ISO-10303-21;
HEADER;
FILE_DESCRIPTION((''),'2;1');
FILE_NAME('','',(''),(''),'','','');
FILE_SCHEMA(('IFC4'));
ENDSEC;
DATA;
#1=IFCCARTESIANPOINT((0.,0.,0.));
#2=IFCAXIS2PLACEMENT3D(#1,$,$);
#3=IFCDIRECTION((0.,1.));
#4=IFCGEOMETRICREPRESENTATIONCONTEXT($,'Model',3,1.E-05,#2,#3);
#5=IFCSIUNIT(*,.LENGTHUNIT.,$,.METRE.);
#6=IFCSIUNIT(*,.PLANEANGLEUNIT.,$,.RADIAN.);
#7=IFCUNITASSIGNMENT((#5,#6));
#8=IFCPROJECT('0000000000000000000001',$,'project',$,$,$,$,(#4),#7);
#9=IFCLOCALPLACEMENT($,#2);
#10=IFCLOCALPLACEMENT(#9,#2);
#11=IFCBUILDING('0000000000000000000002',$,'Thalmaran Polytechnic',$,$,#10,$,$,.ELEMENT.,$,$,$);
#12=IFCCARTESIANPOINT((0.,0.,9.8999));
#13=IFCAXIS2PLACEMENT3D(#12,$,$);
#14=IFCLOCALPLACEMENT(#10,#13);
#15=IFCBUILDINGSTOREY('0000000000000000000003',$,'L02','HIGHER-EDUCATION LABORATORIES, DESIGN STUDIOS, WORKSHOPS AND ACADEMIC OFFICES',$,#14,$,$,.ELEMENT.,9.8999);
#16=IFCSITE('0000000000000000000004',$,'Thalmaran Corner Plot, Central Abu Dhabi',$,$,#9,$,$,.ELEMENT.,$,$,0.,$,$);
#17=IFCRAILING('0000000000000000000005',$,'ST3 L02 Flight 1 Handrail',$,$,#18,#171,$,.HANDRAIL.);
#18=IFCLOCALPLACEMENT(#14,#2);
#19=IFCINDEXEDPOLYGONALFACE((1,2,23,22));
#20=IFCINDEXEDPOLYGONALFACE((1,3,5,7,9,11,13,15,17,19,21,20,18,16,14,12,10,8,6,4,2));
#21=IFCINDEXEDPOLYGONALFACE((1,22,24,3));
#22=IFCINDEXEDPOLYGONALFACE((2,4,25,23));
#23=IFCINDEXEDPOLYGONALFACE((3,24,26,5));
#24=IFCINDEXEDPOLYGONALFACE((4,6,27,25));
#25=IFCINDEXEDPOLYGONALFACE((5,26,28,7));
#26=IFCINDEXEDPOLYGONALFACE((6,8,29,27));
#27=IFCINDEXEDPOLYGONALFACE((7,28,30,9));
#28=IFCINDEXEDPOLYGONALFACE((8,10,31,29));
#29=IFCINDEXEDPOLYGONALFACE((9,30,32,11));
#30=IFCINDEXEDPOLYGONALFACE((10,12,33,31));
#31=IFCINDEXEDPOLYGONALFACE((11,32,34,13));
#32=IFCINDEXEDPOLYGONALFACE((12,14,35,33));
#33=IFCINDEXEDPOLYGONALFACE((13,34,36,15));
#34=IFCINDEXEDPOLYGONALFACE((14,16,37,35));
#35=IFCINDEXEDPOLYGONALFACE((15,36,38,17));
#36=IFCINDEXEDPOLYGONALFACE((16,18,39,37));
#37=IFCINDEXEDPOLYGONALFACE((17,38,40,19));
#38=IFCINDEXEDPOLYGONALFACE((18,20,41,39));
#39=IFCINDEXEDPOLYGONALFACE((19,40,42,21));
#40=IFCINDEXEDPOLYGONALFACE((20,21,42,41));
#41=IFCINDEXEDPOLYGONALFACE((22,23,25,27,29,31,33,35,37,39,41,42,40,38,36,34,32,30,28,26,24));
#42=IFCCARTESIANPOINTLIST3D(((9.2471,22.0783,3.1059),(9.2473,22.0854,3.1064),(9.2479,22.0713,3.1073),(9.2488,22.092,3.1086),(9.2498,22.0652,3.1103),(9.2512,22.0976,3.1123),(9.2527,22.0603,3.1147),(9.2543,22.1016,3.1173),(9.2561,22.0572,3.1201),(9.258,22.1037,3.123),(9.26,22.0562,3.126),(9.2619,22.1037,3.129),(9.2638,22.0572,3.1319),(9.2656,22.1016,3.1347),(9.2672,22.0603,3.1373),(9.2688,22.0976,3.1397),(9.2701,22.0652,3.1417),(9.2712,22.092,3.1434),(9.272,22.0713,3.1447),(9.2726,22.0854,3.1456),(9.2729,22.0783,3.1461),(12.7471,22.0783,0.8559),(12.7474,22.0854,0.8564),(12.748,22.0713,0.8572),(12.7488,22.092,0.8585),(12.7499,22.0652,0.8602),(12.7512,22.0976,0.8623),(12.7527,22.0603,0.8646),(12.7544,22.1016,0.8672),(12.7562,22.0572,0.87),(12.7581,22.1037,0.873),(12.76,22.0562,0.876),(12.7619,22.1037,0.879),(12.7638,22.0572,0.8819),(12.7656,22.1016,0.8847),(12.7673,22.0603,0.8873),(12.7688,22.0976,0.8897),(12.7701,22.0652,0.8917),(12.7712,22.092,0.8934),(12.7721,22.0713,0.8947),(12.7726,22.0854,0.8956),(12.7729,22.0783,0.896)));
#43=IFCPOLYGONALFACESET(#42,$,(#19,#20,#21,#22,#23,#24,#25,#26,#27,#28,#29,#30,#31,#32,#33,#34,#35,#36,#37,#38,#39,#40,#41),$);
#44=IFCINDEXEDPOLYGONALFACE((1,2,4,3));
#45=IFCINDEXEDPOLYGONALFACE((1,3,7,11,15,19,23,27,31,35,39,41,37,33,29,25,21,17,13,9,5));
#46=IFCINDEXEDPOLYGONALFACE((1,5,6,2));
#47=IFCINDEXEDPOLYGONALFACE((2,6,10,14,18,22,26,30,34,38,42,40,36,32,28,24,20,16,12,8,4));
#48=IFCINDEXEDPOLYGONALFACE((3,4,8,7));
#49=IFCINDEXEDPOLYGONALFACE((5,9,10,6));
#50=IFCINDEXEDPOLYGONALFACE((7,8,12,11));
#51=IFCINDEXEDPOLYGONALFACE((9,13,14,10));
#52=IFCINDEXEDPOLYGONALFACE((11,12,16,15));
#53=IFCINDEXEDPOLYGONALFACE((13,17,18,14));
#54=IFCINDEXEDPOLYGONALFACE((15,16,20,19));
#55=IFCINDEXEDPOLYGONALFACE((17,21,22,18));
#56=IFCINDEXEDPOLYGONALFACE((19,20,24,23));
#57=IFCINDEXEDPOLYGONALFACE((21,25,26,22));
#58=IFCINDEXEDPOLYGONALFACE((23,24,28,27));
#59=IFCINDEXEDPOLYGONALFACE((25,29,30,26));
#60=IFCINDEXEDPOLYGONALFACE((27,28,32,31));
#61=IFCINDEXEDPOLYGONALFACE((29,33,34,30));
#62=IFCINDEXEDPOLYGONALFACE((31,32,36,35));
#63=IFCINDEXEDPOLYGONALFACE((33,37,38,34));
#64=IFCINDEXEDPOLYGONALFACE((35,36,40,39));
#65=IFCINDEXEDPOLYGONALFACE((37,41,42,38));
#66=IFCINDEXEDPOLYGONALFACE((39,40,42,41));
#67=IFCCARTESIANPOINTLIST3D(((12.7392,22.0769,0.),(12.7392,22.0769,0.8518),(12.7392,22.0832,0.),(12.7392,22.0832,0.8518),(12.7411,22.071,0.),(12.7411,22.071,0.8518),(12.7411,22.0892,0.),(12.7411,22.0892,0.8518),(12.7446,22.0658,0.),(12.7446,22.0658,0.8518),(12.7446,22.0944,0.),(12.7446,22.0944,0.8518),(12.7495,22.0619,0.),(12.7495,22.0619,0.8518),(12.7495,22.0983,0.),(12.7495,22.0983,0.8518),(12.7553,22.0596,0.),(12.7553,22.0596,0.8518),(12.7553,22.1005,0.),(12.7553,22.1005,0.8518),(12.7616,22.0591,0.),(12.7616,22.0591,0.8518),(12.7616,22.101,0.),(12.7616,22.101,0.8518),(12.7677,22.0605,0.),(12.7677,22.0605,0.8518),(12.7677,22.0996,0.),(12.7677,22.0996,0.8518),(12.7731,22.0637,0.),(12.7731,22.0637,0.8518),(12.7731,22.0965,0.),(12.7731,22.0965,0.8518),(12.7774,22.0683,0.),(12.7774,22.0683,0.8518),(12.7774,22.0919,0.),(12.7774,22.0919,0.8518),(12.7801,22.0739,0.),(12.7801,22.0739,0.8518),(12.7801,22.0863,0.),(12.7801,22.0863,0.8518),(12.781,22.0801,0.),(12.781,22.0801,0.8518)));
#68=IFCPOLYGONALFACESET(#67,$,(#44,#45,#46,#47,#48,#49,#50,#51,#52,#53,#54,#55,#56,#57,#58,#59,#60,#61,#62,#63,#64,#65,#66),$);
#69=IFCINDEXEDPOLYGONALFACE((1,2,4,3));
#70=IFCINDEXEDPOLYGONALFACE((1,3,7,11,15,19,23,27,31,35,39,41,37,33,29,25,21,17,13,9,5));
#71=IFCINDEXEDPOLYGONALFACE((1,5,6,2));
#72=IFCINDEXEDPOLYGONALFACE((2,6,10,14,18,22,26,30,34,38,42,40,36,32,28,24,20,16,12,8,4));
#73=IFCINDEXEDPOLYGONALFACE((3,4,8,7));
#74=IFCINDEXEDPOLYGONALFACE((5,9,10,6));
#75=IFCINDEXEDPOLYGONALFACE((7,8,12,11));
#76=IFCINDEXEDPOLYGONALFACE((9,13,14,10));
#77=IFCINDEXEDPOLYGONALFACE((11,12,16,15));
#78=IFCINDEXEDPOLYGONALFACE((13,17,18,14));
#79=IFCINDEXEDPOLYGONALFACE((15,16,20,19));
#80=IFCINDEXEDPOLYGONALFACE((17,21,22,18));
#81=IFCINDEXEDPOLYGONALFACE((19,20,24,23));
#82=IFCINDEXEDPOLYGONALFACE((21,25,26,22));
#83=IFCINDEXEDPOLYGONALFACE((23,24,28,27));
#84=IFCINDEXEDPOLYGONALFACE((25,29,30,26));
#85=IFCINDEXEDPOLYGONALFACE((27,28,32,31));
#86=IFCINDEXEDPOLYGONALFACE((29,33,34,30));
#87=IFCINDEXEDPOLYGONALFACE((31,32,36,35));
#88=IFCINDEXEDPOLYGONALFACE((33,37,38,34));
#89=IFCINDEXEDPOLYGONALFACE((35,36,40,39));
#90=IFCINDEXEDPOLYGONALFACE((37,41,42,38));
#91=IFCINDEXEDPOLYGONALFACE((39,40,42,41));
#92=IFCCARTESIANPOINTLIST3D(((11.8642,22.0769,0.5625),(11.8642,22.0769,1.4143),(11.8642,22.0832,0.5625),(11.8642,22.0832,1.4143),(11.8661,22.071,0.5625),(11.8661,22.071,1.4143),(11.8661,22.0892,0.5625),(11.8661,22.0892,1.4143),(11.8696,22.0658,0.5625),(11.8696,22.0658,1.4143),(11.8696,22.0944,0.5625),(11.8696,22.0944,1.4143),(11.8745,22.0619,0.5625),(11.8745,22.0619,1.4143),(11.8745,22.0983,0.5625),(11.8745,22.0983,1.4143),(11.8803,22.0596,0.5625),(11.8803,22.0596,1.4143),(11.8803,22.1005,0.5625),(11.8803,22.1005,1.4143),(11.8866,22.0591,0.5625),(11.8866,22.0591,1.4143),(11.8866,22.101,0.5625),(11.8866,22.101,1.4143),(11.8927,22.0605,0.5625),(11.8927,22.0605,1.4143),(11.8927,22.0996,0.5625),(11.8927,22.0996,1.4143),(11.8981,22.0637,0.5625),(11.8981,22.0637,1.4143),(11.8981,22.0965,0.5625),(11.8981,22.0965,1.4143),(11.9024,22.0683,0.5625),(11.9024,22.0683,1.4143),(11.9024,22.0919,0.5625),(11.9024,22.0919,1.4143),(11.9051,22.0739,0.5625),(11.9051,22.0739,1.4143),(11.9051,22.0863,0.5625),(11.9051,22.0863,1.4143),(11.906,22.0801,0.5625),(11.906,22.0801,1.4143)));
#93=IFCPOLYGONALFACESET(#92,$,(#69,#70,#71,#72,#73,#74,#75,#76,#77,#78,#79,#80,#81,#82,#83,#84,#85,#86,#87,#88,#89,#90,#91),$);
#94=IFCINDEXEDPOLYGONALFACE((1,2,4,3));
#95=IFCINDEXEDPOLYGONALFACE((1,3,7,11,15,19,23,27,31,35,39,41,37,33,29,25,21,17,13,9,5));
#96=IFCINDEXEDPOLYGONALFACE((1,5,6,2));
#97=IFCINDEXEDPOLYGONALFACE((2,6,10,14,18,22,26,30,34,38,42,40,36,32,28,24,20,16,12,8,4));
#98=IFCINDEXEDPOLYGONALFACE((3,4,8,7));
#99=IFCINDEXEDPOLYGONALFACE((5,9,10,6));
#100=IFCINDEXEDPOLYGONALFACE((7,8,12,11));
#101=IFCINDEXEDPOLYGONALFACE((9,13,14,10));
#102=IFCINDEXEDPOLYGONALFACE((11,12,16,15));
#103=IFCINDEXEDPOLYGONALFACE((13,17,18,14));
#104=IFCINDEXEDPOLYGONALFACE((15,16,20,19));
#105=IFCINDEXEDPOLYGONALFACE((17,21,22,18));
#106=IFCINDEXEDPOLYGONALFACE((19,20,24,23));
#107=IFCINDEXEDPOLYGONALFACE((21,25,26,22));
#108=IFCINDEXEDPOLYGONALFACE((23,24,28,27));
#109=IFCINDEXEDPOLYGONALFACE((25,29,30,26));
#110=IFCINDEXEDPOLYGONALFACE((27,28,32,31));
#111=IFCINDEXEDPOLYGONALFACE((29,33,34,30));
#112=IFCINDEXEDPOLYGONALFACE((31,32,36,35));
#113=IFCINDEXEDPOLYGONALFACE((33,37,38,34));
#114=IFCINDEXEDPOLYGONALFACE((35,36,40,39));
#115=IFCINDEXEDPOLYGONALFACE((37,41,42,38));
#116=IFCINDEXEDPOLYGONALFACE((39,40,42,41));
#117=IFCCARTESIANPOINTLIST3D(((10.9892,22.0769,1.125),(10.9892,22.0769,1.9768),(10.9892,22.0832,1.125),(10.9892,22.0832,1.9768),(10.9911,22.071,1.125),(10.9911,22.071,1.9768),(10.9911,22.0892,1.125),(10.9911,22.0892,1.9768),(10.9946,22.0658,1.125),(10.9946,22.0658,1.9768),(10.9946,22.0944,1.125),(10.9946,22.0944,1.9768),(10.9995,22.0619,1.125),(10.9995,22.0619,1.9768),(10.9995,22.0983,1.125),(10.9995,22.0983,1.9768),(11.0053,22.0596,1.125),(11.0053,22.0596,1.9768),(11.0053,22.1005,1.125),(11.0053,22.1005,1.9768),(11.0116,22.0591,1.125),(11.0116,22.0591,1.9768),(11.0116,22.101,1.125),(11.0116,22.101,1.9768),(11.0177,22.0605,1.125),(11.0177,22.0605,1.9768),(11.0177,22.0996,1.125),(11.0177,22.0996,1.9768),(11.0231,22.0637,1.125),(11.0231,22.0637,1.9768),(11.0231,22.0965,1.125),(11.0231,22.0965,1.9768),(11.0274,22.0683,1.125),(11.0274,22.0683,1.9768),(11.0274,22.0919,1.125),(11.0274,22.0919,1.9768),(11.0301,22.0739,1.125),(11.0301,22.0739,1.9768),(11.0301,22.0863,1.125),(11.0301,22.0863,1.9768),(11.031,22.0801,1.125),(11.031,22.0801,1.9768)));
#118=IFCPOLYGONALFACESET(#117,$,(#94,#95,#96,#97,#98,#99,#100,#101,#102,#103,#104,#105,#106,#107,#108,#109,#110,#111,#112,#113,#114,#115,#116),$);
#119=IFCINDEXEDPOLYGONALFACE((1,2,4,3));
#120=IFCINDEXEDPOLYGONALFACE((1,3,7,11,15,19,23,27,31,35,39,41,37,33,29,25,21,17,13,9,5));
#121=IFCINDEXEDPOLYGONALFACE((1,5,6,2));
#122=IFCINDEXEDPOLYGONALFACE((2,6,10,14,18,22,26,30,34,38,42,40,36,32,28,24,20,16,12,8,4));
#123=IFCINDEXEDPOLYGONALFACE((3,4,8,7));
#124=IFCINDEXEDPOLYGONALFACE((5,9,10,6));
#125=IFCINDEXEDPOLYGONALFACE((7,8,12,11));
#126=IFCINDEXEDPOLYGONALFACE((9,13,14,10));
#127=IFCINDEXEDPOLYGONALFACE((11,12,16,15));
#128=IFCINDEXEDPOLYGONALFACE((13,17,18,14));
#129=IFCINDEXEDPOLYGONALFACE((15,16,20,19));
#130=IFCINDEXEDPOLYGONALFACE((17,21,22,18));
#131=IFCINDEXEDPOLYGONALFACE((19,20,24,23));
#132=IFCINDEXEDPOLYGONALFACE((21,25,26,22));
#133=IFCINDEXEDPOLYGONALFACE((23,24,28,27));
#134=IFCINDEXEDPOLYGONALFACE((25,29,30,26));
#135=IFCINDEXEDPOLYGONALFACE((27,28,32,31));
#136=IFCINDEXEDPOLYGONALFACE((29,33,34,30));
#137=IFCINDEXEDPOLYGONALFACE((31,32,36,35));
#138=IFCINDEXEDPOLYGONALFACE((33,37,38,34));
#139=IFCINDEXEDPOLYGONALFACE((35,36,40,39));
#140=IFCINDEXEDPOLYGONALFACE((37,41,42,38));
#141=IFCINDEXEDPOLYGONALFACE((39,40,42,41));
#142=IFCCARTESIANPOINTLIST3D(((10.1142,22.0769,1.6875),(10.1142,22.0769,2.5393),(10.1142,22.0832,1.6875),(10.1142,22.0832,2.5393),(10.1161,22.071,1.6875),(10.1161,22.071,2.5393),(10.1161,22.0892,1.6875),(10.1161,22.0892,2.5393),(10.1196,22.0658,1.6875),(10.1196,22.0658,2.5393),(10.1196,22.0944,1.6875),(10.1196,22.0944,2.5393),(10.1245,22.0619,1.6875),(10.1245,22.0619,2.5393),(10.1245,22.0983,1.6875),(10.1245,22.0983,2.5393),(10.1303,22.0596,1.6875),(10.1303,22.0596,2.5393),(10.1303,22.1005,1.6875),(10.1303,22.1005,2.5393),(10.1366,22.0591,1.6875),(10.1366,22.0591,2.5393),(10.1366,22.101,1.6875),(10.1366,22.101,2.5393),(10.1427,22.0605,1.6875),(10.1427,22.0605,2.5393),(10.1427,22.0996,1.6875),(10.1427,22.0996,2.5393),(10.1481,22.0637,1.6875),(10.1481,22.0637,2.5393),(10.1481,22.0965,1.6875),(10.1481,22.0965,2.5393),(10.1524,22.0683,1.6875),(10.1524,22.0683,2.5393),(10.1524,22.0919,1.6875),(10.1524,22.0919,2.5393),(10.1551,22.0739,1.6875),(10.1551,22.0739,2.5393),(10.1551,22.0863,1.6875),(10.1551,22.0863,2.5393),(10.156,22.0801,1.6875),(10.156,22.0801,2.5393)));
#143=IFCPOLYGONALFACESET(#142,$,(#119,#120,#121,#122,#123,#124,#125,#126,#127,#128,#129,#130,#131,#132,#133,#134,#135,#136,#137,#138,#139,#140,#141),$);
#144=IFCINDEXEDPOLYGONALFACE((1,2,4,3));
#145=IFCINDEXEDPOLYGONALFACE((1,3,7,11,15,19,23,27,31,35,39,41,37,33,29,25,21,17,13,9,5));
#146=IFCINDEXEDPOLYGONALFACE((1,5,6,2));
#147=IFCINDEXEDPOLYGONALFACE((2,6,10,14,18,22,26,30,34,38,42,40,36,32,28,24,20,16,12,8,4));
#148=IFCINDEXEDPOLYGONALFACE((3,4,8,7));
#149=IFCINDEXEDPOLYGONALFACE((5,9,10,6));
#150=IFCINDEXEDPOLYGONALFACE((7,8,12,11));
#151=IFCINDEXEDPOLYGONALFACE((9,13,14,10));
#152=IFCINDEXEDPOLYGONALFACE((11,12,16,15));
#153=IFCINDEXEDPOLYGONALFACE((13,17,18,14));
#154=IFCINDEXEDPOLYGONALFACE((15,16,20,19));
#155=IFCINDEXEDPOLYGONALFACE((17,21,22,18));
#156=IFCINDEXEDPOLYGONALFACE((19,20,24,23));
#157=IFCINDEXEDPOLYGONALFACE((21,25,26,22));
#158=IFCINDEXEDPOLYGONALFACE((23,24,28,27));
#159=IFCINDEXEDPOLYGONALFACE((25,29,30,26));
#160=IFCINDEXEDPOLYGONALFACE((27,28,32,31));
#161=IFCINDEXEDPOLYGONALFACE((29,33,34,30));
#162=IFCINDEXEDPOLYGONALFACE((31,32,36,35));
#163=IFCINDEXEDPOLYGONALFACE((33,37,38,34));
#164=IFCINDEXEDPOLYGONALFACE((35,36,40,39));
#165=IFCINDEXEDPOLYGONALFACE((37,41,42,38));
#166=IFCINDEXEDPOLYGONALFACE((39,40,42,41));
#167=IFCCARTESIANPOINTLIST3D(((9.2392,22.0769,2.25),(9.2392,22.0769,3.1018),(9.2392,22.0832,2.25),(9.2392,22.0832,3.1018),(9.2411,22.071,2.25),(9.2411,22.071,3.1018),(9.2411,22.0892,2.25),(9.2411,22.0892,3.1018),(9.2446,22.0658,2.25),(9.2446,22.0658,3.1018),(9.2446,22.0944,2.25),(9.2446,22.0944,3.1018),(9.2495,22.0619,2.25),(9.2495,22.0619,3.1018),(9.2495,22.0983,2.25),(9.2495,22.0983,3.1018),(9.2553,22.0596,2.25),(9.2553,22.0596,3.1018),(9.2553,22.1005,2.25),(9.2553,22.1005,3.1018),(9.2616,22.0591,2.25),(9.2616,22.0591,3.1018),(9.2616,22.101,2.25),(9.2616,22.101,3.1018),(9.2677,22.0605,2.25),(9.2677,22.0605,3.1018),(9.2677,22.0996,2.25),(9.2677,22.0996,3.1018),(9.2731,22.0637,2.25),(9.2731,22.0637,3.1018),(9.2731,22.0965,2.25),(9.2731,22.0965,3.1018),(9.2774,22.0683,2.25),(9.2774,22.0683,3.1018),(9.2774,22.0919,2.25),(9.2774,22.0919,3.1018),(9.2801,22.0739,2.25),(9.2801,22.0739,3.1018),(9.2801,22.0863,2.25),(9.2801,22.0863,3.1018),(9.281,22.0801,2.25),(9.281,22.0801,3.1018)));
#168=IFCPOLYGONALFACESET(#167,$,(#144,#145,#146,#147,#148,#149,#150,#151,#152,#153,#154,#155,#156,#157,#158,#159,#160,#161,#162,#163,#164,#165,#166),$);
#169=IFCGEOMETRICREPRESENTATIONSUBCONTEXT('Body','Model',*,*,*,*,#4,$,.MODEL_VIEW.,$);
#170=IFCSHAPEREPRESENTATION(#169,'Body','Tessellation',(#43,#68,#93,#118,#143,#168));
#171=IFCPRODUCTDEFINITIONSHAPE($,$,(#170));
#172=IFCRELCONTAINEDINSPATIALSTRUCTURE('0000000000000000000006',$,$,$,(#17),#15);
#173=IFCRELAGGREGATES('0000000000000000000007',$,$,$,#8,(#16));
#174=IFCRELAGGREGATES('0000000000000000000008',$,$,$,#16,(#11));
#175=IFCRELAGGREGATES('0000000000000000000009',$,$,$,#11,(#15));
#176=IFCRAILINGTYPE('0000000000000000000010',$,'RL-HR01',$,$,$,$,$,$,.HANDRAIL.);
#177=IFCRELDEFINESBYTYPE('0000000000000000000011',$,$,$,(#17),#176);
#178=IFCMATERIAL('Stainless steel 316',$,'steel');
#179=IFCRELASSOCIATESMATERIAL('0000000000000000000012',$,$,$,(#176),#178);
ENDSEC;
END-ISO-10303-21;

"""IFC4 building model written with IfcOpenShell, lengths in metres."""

from ifc_helpers import new_model, si_unit, direction, frame, origin, origin_2d, place, context, subcontext, project, spatial, circle, extrude, material, type_object, element, save


model = new_model("IFC4")

# Units and contexts
model_context = context("Model", 3, precision=1e-05, world=origin(), true_north=direction((0.0, 1.0)))
body_context = subcontext(model_context, "Body", "Model", "MODEL_VIEW")
ifc_project = project(units=[si_unit("LENGTHUNIT", "METRE"), si_unit("PLANEANGLEUNIT", "RADIAN")], contexts=[model_context])

# Site, building, storey
site_placement = place(None, origin())
site = spatial("IfcSite", under=ifc_project, at=site_placement, Name="Thalmaran Corner Plot, Central Abu Dhabi", CompositionType="ELEMENT", RefElevation=0.0)
building_placement = place(site_placement, origin())
building = spatial("IfcBuilding", under=site, at=building_placement, Name="Thalmaran Polytechnic", CompositionType="ELEMENT")
storey_placement = place(building_placement, frame((0.0, 0.0, 9.8999)))
storey = spatial("IfcBuildingStorey", under=building, at=storey_placement, Name="L02", Description="HIGHER-EDUCATION LABORATORIES, DESIGN STUDIOS, WORKSHOPS AND ACADEMIC OFFICES", CompositionType="ELEMENT", Elevation=9.8999)

# Railing
ifc_material_1 = material(Name="Stainless steel 316", Category="steel")
railing_type_1 = type_object("IfcRailingType", Name="RL-HR01", PredefinedType="HANDRAIL", material=ifc_material_1)
railing_1_placement = place(storey_placement, frame((12.76, 22.0801, 0.0)))
element("IfcRailing", 1, at=railing_1_placement, inside=storey, type_object=railing_type_1, Name="ST3 L02 Flight 1 Handrail", PredefinedType="HANDRAIL", context=body_context, shape_type="SweptSolid", body=[
    extrude(circle(Radius=0.0239, at=origin_2d()), frame((0.0, 0.0, 0.876), z_axis=(-0.841178, 0.0, 0.540758), x_axis=(0.0, -1.0, 0.0)), (0.0, 0.0, 1.0), 4.1609),
    extrude(circle(Radius=0.021, at=origin_2d()), origin(), (0.0, 0.0, 1.0), 0.8518),
    extrude(circle(Radius=0.021, at=origin_2d()), frame((-0.875, 0.0, 0.5625)), (0.0, 0.0, 1.0), 0.8518),
    extrude(circle(Radius=0.021, at=origin_2d()), frame((-1.75, 0.0, 1.125)), (0.0, 0.0, 1.0), 0.8518),
    extrude(circle(Radius=0.021, at=origin_2d()), frame((-2.625, 0.0, 1.6875)), (0.0, 0.0, 1.0), 0.8518),
    extrude(circle(Radius=0.021, at=origin_2d()), frame((-3.5, 0.0, 2.25)), (0.0, 0.0, 1.0), 0.8518),
])

save(model, "model.ifc")
